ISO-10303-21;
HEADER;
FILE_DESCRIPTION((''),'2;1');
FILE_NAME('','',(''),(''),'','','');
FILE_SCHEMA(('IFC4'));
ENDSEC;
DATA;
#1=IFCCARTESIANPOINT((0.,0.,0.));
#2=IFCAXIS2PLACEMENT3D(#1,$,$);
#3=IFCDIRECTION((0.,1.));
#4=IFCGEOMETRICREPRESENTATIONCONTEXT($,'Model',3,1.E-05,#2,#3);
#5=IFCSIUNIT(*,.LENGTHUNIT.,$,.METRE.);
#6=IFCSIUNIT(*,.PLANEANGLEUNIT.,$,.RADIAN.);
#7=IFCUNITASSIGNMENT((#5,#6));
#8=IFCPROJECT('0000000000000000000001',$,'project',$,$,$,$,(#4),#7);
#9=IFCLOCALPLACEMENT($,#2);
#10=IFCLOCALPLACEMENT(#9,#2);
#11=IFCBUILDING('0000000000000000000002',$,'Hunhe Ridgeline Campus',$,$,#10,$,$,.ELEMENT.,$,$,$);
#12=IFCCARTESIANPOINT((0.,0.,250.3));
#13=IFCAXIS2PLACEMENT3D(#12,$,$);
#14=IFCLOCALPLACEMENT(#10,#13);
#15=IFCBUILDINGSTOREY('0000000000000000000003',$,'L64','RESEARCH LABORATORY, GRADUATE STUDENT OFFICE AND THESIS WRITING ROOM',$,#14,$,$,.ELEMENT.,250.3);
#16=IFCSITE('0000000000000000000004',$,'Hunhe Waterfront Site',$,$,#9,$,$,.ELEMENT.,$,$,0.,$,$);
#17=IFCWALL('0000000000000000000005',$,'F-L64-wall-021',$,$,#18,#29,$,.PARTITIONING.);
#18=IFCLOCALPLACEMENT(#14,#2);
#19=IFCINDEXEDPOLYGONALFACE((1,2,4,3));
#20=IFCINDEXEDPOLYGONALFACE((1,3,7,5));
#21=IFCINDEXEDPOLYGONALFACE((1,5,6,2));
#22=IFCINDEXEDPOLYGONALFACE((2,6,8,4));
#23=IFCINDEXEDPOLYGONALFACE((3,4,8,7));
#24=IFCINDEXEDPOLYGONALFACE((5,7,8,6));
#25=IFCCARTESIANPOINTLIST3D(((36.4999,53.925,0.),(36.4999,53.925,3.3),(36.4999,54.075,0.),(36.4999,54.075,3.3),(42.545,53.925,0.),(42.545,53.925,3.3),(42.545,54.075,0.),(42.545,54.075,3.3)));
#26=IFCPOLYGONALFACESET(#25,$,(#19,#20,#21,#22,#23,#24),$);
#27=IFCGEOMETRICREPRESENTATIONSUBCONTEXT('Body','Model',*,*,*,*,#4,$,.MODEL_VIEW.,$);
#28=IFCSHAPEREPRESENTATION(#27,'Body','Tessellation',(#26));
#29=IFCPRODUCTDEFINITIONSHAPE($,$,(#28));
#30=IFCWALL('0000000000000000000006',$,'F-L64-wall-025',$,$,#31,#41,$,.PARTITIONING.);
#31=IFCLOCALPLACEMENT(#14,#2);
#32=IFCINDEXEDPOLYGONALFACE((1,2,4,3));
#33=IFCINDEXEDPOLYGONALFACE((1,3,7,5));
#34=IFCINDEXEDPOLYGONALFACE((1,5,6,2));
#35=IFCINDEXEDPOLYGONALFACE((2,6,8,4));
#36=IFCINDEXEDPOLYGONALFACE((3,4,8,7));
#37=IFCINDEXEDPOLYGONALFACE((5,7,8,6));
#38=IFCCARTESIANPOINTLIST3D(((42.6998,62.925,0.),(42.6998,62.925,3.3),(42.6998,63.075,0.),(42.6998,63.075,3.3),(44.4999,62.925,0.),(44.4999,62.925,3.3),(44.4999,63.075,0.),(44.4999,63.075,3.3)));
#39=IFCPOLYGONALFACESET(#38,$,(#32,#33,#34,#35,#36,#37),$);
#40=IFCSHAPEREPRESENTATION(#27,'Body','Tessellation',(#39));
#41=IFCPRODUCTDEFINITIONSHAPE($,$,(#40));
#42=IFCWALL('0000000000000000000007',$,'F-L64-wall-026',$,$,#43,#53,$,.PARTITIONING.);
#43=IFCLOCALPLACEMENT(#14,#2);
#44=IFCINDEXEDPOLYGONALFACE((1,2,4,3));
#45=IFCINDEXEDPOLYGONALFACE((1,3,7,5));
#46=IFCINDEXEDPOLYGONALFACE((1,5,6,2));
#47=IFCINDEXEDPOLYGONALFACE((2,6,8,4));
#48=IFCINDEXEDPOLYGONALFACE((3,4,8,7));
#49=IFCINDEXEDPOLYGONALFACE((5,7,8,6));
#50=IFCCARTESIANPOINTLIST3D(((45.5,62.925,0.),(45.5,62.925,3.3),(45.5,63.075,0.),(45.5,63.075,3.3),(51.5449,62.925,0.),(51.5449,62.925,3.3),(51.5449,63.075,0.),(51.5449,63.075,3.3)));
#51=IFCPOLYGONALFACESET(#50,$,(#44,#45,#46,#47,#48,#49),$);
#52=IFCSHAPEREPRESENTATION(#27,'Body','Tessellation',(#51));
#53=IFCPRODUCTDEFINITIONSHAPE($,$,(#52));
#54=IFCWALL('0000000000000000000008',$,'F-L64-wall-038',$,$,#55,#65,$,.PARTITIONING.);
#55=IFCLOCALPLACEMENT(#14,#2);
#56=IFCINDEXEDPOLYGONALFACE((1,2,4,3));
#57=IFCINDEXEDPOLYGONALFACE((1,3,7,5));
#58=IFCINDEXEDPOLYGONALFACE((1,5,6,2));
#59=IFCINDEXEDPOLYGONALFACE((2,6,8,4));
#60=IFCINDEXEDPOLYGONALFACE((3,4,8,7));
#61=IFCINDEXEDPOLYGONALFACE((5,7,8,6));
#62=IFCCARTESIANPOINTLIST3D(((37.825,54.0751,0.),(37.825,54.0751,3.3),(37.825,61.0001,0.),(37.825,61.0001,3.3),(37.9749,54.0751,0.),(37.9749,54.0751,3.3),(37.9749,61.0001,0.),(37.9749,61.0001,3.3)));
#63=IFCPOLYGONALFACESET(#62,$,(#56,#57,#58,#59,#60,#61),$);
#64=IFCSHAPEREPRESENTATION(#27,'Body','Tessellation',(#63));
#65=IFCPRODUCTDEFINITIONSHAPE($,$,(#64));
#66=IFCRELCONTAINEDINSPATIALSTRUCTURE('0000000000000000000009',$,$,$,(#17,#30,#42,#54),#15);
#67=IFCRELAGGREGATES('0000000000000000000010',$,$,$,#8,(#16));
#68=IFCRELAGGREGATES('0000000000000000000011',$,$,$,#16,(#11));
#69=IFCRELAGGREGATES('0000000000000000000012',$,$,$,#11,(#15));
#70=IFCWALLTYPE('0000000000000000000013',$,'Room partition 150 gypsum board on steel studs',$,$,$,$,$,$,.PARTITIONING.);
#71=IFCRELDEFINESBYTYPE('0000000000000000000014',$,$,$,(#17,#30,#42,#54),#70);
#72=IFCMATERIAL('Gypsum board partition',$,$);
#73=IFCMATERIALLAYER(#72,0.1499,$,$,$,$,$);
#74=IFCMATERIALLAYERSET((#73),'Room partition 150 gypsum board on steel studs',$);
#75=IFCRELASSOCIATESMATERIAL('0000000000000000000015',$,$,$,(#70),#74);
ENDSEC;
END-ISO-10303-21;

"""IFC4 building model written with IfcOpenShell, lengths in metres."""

from ifc_helpers import new_model, si_unit, direction, frame, frame_2d, origin, place, context, subcontext, project, spatial, rectangle, extrude, material, layer, layer_set, type_object, element, save


model = new_model("IFC4")

# Units and contexts
model_context = context("Model", 3, precision=1e-05, world=origin(), true_north=direction((0.0, 1.0)))
body_context = subcontext(model_context, "Body", "Model", "MODEL_VIEW")
ifc_project = project(units=[si_unit("LENGTHUNIT", "METRE"), si_unit("PLANEANGLEUNIT", "RADIAN")], contexts=[model_context])

# Site, building, storey
site_placement = place(None, origin())
site = spatial("IfcSite", under=ifc_project, at=site_placement, Name="Hunhe Waterfront Site", CompositionType="ELEMENT", RefElevation=0.0)
building_placement = place(site_placement, origin())
building = spatial("IfcBuilding", under=site, at=building_placement, Name="Hunhe Ridgeline Campus", CompositionType="ELEMENT")
storey_placement = place(building_placement, frame((0.0, 0.0, 250.3)))
storey = spatial("IfcBuildingStorey", under=building, at=storey_placement, Name="L64", Description="RESEARCH LABORATORY, GRADUATE STUDENT OFFICE AND THESIS WRITING ROOM", CompositionType="ELEMENT", Elevation=250.3)

# Shared definitions
ifc_material_1 = material(Name="Gypsum board partition")

# Walls
ifc_layer_1 = layer(ifc_material_1, 0.1499)
ifc_layer_set_1 = layer_set([ifc_layer_1], Name="Room partition 150 gypsum board on steel studs")
wall_type_1 = type_object("IfcWallType", Name="Room partition 150 gypsum board on steel studs", PredefinedType="PARTITIONING", material=ifc_layer_set_1)
wall_1_placement = place(storey_placement, frame((36.5, 54.0, 0.0), z_axis=(0.0, 0.0, 1.0), x_axis=(1.0, 0.0, 0.0)))
element("IfcWall", 1, at=wall_1_placement, inside=storey, type_object=wall_type_1, Name="F-L64-wall-021", PredefinedType="PARTITIONING", context=body_context, shape_type="SweptSolid", body=[
    extrude(rectangle(XDim=6.0452, YDim=0.1499, at=frame_2d((3.0225, 0.0))), origin(), (0.0, 0.0, 1.0), 3.3),
])
wall_2_placement = place(storey_placement, frame((42.7, 63.0, 0.0), z_axis=(0.0, 0.0, 1.0), x_axis=(1.0, 0.0, 0.0)))
element("IfcWall", 2, at=wall_2_placement, inside=storey, type_object=wall_type_1, Name="F-L64-wall-025", PredefinedType="PARTITIONING", context=body_context, shape_type="SweptSolid", body=[
    extrude(rectangle(XDim=1.8, YDim=0.1499, at=frame_2d((0.8999, 0.0))), origin(), (0.0, 0.0, 1.0), 3.3),
])
wall_3_placement = place(storey_placement, frame((45.5, 63.0, 0.0), z_axis=(0.0, 0.0, 1.0), x_axis=(1.0, 0.0, 0.0)))
element("IfcWall", 3, at=wall_3_placement, inside=storey, type_object=wall_type_1, Name="F-L64-wall-026", PredefinedType="PARTITIONING", context=body_context, shape_type="SweptSolid", body=[
    extrude(rectangle(XDim=6.0449, YDim=0.1499, at=frame_2d((3.0225, 0.0))), origin(), (0.0, 0.0, 1.0), 3.3),
])
wall_4_placement = place(storey_placement, frame((37.8999, 61.0, 0.0), z_axis=(0.0, 0.0, 1.0), x_axis=(0.0, -1.0, 0.0)))
element("IfcWall", 4, at=wall_4_placement, inside=storey, type_object=wall_type_1, Name="F-L64-wall-038", PredefinedType="PARTITIONING", context=body_context, shape_type="SweptSolid", body=[
    extrude(rectangle(XDim=6.925, YDim=0.1499, at=frame_2d((3.4624, 0.0))), origin(), (0.0, 0.0, 1.0), 3.3),
])

save(model, "model.ifc")
